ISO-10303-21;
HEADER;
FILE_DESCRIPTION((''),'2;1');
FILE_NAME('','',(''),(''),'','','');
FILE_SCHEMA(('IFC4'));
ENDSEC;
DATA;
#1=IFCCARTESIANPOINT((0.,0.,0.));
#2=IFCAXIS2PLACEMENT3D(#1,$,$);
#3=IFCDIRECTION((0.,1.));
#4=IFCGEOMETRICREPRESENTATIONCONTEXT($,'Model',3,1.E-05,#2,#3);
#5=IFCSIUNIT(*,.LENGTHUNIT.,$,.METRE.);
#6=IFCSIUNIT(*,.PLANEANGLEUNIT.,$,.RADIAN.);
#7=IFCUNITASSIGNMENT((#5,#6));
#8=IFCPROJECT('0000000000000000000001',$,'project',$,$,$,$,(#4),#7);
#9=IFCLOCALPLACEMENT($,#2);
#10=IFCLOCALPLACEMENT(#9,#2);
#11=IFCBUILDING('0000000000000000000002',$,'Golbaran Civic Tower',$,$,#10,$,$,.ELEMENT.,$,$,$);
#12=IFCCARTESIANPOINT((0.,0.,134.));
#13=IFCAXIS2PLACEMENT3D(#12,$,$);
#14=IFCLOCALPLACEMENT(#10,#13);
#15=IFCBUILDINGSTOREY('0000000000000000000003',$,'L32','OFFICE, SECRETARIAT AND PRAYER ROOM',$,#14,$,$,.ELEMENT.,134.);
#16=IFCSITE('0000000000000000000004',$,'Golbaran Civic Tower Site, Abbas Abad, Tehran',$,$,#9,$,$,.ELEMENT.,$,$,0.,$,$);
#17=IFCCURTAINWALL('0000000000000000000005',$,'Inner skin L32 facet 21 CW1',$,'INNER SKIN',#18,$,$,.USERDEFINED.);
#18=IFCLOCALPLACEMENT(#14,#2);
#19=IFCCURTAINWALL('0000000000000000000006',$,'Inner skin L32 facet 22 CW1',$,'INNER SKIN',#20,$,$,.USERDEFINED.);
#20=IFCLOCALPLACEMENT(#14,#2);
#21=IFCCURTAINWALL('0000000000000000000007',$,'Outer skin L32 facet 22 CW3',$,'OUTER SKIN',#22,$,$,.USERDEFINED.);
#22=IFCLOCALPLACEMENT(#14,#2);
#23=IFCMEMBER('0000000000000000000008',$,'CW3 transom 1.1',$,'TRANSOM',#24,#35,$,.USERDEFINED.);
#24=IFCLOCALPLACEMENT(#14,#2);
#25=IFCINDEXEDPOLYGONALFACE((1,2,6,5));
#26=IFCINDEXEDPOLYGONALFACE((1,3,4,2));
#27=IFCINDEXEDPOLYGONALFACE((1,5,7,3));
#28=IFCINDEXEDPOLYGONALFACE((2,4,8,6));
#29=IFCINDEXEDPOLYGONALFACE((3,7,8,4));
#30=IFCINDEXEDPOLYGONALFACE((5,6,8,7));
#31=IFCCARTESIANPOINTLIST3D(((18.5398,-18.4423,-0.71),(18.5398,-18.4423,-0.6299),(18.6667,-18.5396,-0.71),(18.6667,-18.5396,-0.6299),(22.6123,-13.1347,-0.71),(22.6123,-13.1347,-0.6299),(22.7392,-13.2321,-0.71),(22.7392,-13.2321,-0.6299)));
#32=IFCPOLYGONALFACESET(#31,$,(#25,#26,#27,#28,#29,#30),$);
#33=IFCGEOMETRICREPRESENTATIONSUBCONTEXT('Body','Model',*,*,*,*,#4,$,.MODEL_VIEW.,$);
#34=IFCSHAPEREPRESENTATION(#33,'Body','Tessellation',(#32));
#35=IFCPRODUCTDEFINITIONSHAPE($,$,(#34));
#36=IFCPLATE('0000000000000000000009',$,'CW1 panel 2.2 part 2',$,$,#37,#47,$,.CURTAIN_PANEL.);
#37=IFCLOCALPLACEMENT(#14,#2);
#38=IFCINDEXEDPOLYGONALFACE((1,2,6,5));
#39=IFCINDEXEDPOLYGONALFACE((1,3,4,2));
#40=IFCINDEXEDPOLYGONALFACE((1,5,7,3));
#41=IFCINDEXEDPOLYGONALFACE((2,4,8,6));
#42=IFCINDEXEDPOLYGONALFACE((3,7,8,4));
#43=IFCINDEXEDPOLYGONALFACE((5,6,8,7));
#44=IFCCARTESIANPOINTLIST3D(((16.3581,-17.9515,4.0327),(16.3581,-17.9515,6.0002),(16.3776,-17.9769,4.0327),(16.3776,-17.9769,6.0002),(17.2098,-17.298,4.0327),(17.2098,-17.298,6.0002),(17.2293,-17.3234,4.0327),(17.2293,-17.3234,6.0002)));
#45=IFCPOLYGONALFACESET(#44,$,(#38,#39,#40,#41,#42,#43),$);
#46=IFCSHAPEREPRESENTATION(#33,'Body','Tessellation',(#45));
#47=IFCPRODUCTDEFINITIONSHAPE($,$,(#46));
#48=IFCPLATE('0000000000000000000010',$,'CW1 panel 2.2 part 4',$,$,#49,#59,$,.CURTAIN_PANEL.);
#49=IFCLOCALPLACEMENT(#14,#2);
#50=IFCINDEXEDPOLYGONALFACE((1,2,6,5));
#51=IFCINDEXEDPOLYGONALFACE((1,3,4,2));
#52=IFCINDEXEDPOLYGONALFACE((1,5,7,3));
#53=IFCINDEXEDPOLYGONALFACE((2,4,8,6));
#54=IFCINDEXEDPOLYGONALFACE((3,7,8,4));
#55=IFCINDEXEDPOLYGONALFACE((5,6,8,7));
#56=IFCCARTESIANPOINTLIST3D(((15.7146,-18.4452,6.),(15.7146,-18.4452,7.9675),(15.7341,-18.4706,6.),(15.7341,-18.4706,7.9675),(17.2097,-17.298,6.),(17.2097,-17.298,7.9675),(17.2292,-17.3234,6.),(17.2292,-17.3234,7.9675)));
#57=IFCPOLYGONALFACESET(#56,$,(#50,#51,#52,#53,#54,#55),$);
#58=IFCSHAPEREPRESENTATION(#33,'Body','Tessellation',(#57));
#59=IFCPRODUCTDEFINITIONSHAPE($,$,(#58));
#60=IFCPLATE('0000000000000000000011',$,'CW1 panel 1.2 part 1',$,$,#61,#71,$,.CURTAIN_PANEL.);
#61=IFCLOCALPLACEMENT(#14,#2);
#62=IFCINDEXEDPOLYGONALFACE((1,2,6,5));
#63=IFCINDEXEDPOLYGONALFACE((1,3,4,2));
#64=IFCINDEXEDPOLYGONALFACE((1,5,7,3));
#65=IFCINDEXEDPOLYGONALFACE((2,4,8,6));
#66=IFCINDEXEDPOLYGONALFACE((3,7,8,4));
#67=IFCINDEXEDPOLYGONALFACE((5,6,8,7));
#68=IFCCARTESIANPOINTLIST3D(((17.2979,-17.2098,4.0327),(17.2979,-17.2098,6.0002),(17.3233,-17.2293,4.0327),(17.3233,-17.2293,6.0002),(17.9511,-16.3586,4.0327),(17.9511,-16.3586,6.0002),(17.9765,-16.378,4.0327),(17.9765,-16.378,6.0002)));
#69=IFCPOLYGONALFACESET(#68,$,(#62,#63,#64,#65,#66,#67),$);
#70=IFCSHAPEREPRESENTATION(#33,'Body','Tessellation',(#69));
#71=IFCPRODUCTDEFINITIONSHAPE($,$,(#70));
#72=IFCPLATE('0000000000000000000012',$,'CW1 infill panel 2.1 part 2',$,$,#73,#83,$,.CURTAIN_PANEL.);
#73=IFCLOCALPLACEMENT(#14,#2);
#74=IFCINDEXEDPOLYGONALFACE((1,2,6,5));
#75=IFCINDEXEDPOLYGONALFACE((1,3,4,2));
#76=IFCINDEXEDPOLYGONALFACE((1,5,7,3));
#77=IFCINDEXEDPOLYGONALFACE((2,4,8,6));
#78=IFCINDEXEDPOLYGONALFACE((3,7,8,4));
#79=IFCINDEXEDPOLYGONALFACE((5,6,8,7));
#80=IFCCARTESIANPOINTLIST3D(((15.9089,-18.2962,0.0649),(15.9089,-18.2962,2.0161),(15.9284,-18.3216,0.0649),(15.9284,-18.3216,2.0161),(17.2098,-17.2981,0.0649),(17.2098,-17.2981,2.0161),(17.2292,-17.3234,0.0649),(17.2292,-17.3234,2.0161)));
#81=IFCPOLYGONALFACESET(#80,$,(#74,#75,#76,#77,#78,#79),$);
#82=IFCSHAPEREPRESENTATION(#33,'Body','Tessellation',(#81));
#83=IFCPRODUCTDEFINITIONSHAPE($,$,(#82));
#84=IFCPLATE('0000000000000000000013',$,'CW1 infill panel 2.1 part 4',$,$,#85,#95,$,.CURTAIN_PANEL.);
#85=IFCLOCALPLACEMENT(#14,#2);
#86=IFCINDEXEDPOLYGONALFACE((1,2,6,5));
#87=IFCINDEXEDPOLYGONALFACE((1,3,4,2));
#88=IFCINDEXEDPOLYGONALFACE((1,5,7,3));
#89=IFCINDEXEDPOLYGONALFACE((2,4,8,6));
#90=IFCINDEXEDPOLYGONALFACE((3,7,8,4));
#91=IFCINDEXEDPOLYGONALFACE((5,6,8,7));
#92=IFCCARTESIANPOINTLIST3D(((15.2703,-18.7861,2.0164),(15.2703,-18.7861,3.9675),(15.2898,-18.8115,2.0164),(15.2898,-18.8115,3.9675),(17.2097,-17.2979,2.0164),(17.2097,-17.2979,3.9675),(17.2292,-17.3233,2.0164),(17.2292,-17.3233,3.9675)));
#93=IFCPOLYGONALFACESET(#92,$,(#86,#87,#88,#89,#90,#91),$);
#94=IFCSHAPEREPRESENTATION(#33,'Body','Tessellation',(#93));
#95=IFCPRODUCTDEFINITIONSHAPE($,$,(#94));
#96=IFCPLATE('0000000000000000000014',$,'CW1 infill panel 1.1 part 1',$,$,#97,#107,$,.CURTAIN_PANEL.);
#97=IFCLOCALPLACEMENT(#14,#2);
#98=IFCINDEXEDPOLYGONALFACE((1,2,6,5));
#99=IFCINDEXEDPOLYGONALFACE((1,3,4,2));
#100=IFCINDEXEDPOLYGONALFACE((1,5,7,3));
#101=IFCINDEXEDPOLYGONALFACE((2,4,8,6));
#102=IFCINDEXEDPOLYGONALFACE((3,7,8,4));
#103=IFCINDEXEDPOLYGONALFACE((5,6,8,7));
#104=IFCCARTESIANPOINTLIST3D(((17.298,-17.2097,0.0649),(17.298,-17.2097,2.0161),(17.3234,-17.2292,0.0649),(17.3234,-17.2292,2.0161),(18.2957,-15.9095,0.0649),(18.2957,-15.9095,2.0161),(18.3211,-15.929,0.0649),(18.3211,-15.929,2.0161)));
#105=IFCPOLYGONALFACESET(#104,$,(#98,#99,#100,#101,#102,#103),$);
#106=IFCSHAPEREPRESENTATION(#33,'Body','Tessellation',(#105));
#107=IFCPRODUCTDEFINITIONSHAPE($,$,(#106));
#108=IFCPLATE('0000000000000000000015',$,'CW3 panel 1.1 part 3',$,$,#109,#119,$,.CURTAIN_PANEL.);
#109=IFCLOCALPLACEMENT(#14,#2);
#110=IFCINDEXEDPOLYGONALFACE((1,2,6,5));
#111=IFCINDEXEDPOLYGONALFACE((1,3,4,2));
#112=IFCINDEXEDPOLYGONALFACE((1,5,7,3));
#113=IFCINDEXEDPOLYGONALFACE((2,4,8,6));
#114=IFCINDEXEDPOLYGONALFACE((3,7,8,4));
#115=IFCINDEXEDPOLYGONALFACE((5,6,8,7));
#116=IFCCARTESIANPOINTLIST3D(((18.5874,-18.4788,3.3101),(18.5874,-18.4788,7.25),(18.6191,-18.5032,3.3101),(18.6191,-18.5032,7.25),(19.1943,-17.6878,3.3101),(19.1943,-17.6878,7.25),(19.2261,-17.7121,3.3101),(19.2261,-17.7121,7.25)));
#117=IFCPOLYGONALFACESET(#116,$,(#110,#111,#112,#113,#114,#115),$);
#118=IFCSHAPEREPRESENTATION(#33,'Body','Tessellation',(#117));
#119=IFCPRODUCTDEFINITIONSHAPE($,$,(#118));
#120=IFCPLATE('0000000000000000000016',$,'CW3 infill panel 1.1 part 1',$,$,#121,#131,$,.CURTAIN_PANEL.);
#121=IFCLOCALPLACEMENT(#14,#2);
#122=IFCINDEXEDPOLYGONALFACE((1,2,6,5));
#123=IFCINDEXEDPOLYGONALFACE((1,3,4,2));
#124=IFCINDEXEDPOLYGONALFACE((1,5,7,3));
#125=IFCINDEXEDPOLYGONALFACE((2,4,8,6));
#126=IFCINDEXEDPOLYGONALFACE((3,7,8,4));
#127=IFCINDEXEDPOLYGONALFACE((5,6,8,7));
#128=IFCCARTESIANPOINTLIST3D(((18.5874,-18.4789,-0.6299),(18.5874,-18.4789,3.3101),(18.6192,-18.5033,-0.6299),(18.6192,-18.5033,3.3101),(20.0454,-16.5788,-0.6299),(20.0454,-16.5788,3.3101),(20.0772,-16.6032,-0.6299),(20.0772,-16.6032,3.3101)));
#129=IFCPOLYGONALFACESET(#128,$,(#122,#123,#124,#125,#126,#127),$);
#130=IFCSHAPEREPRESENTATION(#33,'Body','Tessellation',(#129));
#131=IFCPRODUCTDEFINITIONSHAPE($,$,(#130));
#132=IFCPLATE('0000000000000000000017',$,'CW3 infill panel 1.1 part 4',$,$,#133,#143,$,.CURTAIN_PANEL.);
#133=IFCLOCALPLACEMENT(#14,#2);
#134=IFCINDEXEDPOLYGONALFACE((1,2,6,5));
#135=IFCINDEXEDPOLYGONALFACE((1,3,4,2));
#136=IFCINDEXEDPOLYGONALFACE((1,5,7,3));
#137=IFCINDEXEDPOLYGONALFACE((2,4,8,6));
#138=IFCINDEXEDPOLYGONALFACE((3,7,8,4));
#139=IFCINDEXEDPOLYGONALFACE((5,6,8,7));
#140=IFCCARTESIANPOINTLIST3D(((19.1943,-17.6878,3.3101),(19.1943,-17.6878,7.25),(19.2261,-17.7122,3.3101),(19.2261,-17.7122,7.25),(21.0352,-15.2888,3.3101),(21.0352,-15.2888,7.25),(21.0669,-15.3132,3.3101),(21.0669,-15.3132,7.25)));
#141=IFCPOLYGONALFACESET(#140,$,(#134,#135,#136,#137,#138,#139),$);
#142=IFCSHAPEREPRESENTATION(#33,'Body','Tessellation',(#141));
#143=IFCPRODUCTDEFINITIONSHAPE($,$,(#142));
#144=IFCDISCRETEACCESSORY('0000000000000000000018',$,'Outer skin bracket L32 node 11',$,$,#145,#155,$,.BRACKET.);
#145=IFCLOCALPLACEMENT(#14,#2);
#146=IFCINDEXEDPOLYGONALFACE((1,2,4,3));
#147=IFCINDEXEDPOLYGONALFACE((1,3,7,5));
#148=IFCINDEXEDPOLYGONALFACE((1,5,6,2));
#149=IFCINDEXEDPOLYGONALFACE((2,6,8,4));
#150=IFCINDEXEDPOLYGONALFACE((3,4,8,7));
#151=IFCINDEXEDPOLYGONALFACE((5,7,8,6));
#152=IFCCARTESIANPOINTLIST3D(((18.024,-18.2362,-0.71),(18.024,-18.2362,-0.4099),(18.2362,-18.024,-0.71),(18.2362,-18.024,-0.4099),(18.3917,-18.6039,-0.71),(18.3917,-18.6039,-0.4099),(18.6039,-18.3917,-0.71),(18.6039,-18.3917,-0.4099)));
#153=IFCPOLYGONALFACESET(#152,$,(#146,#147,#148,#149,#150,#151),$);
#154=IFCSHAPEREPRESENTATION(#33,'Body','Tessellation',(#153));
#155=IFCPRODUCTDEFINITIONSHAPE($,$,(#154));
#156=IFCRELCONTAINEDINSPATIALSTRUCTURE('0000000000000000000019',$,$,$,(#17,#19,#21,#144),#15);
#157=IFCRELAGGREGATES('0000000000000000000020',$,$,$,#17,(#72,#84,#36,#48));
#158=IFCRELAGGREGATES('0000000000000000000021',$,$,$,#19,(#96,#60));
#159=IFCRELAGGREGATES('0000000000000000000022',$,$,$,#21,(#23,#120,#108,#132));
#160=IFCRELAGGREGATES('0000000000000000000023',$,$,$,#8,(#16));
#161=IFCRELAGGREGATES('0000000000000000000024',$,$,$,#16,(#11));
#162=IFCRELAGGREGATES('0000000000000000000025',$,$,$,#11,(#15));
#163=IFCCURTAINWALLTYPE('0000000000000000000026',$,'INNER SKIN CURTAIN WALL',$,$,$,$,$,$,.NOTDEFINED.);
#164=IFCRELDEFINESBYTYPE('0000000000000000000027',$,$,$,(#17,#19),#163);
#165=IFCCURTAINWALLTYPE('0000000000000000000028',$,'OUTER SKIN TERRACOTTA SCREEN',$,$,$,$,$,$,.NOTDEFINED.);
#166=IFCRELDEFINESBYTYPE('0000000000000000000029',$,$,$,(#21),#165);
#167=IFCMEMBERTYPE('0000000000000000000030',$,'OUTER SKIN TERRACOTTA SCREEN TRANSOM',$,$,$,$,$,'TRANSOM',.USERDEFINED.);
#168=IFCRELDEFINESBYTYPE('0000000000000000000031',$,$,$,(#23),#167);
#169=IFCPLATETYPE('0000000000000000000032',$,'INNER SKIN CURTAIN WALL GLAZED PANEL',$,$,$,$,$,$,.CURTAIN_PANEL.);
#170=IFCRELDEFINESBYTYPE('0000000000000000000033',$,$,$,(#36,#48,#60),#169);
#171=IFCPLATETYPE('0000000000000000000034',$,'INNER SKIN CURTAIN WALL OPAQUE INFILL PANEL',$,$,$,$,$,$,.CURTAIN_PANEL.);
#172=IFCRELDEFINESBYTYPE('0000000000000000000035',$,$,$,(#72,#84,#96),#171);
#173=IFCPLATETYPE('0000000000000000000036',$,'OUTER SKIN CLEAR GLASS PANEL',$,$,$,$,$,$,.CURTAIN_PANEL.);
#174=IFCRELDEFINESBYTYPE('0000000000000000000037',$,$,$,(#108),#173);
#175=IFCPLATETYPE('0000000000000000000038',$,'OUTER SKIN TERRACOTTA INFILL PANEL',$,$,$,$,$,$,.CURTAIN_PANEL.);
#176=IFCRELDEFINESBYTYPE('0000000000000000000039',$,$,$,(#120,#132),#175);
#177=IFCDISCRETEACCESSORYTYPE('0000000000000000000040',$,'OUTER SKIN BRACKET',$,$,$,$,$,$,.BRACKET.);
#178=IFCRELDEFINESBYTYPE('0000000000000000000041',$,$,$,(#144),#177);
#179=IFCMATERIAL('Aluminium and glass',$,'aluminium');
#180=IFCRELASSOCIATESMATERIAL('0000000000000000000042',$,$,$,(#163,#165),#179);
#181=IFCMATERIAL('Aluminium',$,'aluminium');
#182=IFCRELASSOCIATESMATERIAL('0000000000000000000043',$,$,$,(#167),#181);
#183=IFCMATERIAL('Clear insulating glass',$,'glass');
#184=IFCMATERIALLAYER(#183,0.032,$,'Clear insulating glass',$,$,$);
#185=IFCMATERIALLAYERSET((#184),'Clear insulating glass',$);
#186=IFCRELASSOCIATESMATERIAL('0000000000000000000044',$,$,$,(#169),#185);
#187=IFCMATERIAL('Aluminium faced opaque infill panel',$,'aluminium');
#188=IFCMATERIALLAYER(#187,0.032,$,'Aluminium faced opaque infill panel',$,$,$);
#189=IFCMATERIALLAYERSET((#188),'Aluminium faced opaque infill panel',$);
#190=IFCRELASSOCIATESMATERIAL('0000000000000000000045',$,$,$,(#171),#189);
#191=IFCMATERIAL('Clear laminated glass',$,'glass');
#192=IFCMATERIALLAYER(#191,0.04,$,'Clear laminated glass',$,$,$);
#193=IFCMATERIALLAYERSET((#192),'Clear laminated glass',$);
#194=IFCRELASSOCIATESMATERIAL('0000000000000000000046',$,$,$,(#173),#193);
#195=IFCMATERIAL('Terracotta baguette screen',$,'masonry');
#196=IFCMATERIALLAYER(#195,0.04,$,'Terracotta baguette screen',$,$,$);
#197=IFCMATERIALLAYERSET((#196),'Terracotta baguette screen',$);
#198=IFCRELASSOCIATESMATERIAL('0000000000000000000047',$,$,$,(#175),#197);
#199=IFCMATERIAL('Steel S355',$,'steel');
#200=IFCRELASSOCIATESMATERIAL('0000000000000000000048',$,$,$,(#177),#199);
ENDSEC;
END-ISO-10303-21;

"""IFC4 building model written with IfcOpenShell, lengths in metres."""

from ifc_helpers import new_model, si_unit, direction, frame, origin, origin_2d, place, context, subcontext, project, spatial, rectangle, extrude, material, layer, layer_set, material_profile, profile_set, type_object, element, aggregate, save


model = new_model("IFC4")

# Units and contexts
model_context = context("Model", 3, precision=1e-05, world=origin(), true_north=direction((0.0, 1.0)))
body_context = subcontext(model_context, "Body", "Model", "MODEL_VIEW")
ifc_project = project(units=[si_unit("LENGTHUNIT", "METRE"), si_unit("PLANEANGLEUNIT", "RADIAN")], contexts=[model_context])

# Site, building, storey
site_placement = place(None, origin())
site = spatial("IfcSite", under=ifc_project, at=site_placement, Name="Golbaran Civic Tower Site, Abbas Abad, Tehran", CompositionType="ELEMENT", RefElevation=0.0)
building_placement = place(site_placement, origin())
building = spatial("IfcBuilding", under=site, at=building_placement, Name="Golbaran Civic Tower", CompositionType="ELEMENT")
storey_placement = place(building_placement, frame((0.0, 0.0, 134.0)))
storey = spatial("IfcBuildingStorey", under=building, at=storey_placement, Name="L32", Description="OFFICE, SECRETARIAT AND PRAYER ROOM", CompositionType="ELEMENT", Elevation=134.0)

# Shared definitions
ifc_material_1 = material(Name="Steel S355", Category="steel")

# Curtain wall
ifc_material_2 = material(Name="Aluminium and glass", Category="aluminium")
curtain_wall_type_1 = type_object("IfcCurtainWallType", Name="INNER SKIN CURTAIN WALL", PredefinedType="NOTDEFINED", material=ifc_material_2)
curtain_wall_1_placement = place(storey_placement, origin())
curtain_wall_1 = element("IfcCurtainWall", 1, at=curtain_wall_1_placement, inside=storey, type_object=curtain_wall_type_1, Name="Inner skin L32 facet 21 CW1", ObjectType="INNER SKIN", PredefinedType="USERDEFINED")
ifc_material_3 = material(Name="Aluminium", Category="aluminium")

# Curtain wall
curtain_wall_2_placement = place(storey_placement, origin())
curtain_wall_2 = element("IfcCurtainWall", 2, at=curtain_wall_2_placement, inside=storey, type_object=curtain_wall_type_1, Name="Inner skin L32 facet 22 CW1", ObjectType="INNER SKIN", PredefinedType="USERDEFINED")

# Shared definitions
curtain_wall_type_2 = type_object("IfcCurtainWallType", Name="OUTER SKIN TERRACOTTA SCREEN", PredefinedType="NOTDEFINED", material=ifc_material_2)

# Curtain wall, member
curtain_wall_3_placement = place(storey_placement, origin())
curtain_wall_3 = element("IfcCurtainWall", 3, at=curtain_wall_3_placement, inside=storey, type_object=curtain_wall_type_2, Name="Outer skin L32 facet 22 CW3", ObjectType="OUTER SKIN", PredefinedType="USERDEFINED")
ifc_material_profile_1 = material_profile(ifc_material_3, rectangle(XDim=0.1599, YDim=0.0801, at=origin_2d()), Name="OUTER SKIN TERRACOTTA SCREEN TRANSOM")
ifc_profile_set_1 = profile_set([ifc_material_profile_1], Name="Aluminium")
member_type_1 = type_object("IfcMemberType", Name="OUTER SKIN TERRACOTTA SCREEN TRANSOM", ElementType="TRANSOM", PredefinedType="USERDEFINED", material=ifc_profile_set_1)
member_1_placement = place(storey_placement, frame((18.6033, -18.491, -0.6699), z_axis=(0.608746, 0.793365, 0.0), x_axis=(-0.793365, 0.608746, 0.0)))
member_1 = element("IfcMember", 4, at=member_1_placement, type_object=member_type_1, Name="CW3 transom 1.1", ObjectType="TRANSOM", PredefinedType="USERDEFINED", context=body_context, shape_type="SweptSolid", body=[
    extrude(rectangle(XDim=0.1599, YDim=0.0801, at=origin_2d()), origin(), (0.0, 0.0, 1.0), 6.6899),
])

# Plates
ifc_material_4 = material(Name="Clear insulating glass", Category="glass")
ifc_layer_1 = layer(ifc_material_4, 0.032, Name="Clear insulating glass")
ifc_layer_set_1 = layer_set([ifc_layer_1], Name="Clear insulating glass")
plate_type_1 = type_object("IfcPlateType", Name="INNER SKIN CURTAIN WALL GLAZED PANEL", PredefinedType="CURTAIN_PANEL", material=ifc_layer_set_1)
plate_1_placement = place(storey_placement, frame((16.7937, -17.6375, 4.0327), z_axis=(0.0, 0.0, 1.0), x_axis=(0.793353, 0.608761, 0.0)))
plate_1 = element("IfcPlate", 5, at=plate_1_placement, type_object=plate_type_1, Name="CW1 panel 2.2 part 2", PredefinedType="CURTAIN_PANEL", context=body_context, shape_type="SweptSolid", body=[
    extrude(rectangle(XDim=1.0735, YDim=0.032, at=origin_2d()), origin(), (0.0, 0.0, 1.0), 1.9675),
])
plate_2_placement = place(storey_placement, frame((16.4719, -17.8843, 6.0), z_axis=(0.0, 0.0, 1.0), x_axis=(0.793353, 0.608761, 0.0)))
plate_2 = element("IfcPlate", 6, at=plate_2_placement, type_object=plate_type_1, Name="CW1 panel 2.2 part 4", PredefinedType="CURTAIN_PANEL", context=body_context, shape_type="SweptSolid", body=[
    extrude(rectangle(XDim=1.8845, YDim=0.032, at=origin_2d()), origin(), (0.0, 0.0, 1.0), 1.9675),
])
plate_3_placement = place(storey_placement, frame((17.6372, -16.7939, 4.0327), z_axis=(0.0, 0.0, 1.0), x_axis=(0.608761, 0.793353, 0.0)))
plate_3 = element("IfcPlate", 7, at=plate_3_placement, type_object=plate_type_1, Name="CW1 panel 1.2 part 1", PredefinedType="CURTAIN_PANEL", context=body_context, shape_type="SweptSolid", body=[
    extrude(rectangle(XDim=1.073, YDim=0.032, at=origin_2d()), origin(), (0.0, 0.0, 1.0), 1.9675),
])
ifc_material_5 = material(Name="Aluminium faced opaque infill panel", Category="aluminium")
ifc_layer_2 = layer(ifc_material_5, 0.032, Name="Aluminium faced opaque infill panel")
ifc_layer_set_2 = layer_set([ifc_layer_2], Name="Aluminium faced opaque infill panel")
plate_type_2 = type_object("IfcPlateType", Name="INNER SKIN CURTAIN WALL OPAQUE INFILL PANEL", PredefinedType="CURTAIN_PANEL", material=ifc_layer_set_2)
plate_4_placement = place(storey_placement, frame((16.5691, -17.8098, 0.0649), z_axis=(0.0, 0.0, 1.0), x_axis=(0.793353, 0.608761, 0.0)))
plate_4 = element("IfcPlate", 8, at=plate_4_placement, type_object=plate_type_2, Name="CW1 infill panel 2.1 part 2", PredefinedType="CURTAIN_PANEL", context=body_context, shape_type="SweptSolid", body=[
    extrude(rectangle(XDim=1.6396, YDim=0.032, at=origin_2d()), origin(), (0.0, 0.0, 1.0), 1.9512),
])
plate_5_placement = place(storey_placement, frame((16.2498, -18.0547, 2.0164), z_axis=(0.0, 0.0, 1.0), x_axis=(0.793353, 0.608761, 0.0)))
plate_5 = element("IfcPlate", 9, at=plate_5_placement, type_object=plate_type_2, Name="CW1 infill panel 2.1 part 4", PredefinedType="CURTAIN_PANEL", context=body_context, shape_type="SweptSolid", body=[
    extrude(rectangle(XDim=2.4446, YDim=0.032, at=origin_2d()), origin(), (0.0, 0.0, 1.0), 1.9512),
])
aggregate(curtain_wall_1, [plate_4, plate_5, plate_1, plate_2])
plate_6_placement = place(storey_placement, frame((17.8096, -16.5693, 0.0649), z_axis=(0.0, 0.0, 1.0), x_axis=(0.608761, 0.793353, 0.0)))
plate_6 = element("IfcPlate", 10, at=plate_6_placement, type_object=plate_type_2, Name="CW1 infill panel 1.1 part 1", PredefinedType="CURTAIN_PANEL", context=body_context, shape_type="SweptSolid", body=[
    extrude(rectangle(XDim=1.6389, YDim=0.032, at=origin_2d()), origin(), (0.0, 0.0, 1.0), 1.9512),
])
aggregate(curtain_wall_2, [plate_6, plate_3])
ifc_material_6 = material(Name="Clear laminated glass", Category="glass")
ifc_layer_3 = layer(ifc_material_6, 0.04, Name="Clear laminated glass")
ifc_layer_set_3 = layer_set([ifc_layer_3], Name="Clear laminated glass")
plate_type_3 = type_object("IfcPlateType", Name="OUTER SKIN CLEAR GLASS PANEL", PredefinedType="CURTAIN_PANEL", material=ifc_layer_set_3)
plate_7_placement = place(storey_placement, frame((18.9067, -18.0955, 3.3101), z_axis=(0.0, 0.0, 1.0), x_axis=(0.608761, 0.793353, 0.0)))
plate_7 = element("IfcPlate", 11, at=plate_7_placement, type_object=plate_type_3, Name="CW3 panel 1.1 part 3", PredefinedType="CURTAIN_PANEL", context=body_context, shape_type="SweptSolid", body=[
    extrude(rectangle(XDim=0.9971, YDim=0.04, at=origin_2d()), origin(), (0.0, 0.0, 1.0), 3.9399),
])
ifc_material_7 = material(Name="Terracotta baguette screen", Category="masonry")
ifc_layer_4 = layer(ifc_material_7, 0.04, Name="Terracotta baguette screen")
ifc_layer_set_4 = layer_set([ifc_layer_4], Name="Terracotta baguette screen")
plate_type_4 = type_object("IfcPlateType", Name="OUTER SKIN TERRACOTTA INFILL PANEL", PredefinedType="CURTAIN_PANEL", material=ifc_layer_set_4)
plate_8_placement = place(storey_placement, frame((19.3323, -17.541, -0.6299), z_axis=(0.0, 0.0, 1.0), x_axis=(0.608761, 0.793353, 0.0)))
plate_8 = element("IfcPlate", 12, at=plate_8_placement, type_object=plate_type_4, Name="CW3 infill panel 1.1 part 1", PredefinedType="CURTAIN_PANEL", context=body_context, shape_type="SweptSolid", body=[
    extrude(rectangle(XDim=2.395, YDim=0.04, at=origin_2d()), origin(), (0.0, 0.0, 1.0), 3.9399),
])
plate_9_placement = place(storey_placement, frame((20.1306, -16.5005, 3.3101), z_axis=(0.0, 0.0, 1.0), x_axis=(0.608761, 0.793353, 0.0)))
plate_9 = element("IfcPlate", 13, at=plate_9_placement, type_object=plate_type_4, Name="CW3 infill panel 1.1 part 4", PredefinedType="CURTAIN_PANEL", context=body_context, shape_type="SweptSolid", body=[
    extrude(rectangle(XDim=3.0239, YDim=0.04, at=origin_2d()), origin(), (0.0, 0.0, 1.0), 3.9399),
])
aggregate(curtain_wall_3, [member_1, plate_8, plate_7, plate_9])

# Discrete accessory
discrete_accessory_type = type_object("IfcDiscreteAccessoryType", Name="OUTER SKIN BRACKET", PredefinedType="BRACKET", material=ifc_material_1)
discrete_accessory_placement = place(storey_placement, frame((18.314, -18.314, -0.71), z_axis=(0.0, 0.0, 1.0), x_axis=(0.707107, -0.707107, 0.0)))
element("IfcDiscreteAccessory", 14, at=discrete_accessory_placement, inside=storey, type_object=discrete_accessory_type, Name="Outer skin bracket L32 node 11", PredefinedType="BRACKET", context=body_context, shape_type="SweptSolid", body=[
    extrude(rectangle(XDim=0.52, YDim=0.3, at=origin_2d()), origin(), (0.0, 0.0, 1.0), 0.3),
])

save(model, "model.ifc")
